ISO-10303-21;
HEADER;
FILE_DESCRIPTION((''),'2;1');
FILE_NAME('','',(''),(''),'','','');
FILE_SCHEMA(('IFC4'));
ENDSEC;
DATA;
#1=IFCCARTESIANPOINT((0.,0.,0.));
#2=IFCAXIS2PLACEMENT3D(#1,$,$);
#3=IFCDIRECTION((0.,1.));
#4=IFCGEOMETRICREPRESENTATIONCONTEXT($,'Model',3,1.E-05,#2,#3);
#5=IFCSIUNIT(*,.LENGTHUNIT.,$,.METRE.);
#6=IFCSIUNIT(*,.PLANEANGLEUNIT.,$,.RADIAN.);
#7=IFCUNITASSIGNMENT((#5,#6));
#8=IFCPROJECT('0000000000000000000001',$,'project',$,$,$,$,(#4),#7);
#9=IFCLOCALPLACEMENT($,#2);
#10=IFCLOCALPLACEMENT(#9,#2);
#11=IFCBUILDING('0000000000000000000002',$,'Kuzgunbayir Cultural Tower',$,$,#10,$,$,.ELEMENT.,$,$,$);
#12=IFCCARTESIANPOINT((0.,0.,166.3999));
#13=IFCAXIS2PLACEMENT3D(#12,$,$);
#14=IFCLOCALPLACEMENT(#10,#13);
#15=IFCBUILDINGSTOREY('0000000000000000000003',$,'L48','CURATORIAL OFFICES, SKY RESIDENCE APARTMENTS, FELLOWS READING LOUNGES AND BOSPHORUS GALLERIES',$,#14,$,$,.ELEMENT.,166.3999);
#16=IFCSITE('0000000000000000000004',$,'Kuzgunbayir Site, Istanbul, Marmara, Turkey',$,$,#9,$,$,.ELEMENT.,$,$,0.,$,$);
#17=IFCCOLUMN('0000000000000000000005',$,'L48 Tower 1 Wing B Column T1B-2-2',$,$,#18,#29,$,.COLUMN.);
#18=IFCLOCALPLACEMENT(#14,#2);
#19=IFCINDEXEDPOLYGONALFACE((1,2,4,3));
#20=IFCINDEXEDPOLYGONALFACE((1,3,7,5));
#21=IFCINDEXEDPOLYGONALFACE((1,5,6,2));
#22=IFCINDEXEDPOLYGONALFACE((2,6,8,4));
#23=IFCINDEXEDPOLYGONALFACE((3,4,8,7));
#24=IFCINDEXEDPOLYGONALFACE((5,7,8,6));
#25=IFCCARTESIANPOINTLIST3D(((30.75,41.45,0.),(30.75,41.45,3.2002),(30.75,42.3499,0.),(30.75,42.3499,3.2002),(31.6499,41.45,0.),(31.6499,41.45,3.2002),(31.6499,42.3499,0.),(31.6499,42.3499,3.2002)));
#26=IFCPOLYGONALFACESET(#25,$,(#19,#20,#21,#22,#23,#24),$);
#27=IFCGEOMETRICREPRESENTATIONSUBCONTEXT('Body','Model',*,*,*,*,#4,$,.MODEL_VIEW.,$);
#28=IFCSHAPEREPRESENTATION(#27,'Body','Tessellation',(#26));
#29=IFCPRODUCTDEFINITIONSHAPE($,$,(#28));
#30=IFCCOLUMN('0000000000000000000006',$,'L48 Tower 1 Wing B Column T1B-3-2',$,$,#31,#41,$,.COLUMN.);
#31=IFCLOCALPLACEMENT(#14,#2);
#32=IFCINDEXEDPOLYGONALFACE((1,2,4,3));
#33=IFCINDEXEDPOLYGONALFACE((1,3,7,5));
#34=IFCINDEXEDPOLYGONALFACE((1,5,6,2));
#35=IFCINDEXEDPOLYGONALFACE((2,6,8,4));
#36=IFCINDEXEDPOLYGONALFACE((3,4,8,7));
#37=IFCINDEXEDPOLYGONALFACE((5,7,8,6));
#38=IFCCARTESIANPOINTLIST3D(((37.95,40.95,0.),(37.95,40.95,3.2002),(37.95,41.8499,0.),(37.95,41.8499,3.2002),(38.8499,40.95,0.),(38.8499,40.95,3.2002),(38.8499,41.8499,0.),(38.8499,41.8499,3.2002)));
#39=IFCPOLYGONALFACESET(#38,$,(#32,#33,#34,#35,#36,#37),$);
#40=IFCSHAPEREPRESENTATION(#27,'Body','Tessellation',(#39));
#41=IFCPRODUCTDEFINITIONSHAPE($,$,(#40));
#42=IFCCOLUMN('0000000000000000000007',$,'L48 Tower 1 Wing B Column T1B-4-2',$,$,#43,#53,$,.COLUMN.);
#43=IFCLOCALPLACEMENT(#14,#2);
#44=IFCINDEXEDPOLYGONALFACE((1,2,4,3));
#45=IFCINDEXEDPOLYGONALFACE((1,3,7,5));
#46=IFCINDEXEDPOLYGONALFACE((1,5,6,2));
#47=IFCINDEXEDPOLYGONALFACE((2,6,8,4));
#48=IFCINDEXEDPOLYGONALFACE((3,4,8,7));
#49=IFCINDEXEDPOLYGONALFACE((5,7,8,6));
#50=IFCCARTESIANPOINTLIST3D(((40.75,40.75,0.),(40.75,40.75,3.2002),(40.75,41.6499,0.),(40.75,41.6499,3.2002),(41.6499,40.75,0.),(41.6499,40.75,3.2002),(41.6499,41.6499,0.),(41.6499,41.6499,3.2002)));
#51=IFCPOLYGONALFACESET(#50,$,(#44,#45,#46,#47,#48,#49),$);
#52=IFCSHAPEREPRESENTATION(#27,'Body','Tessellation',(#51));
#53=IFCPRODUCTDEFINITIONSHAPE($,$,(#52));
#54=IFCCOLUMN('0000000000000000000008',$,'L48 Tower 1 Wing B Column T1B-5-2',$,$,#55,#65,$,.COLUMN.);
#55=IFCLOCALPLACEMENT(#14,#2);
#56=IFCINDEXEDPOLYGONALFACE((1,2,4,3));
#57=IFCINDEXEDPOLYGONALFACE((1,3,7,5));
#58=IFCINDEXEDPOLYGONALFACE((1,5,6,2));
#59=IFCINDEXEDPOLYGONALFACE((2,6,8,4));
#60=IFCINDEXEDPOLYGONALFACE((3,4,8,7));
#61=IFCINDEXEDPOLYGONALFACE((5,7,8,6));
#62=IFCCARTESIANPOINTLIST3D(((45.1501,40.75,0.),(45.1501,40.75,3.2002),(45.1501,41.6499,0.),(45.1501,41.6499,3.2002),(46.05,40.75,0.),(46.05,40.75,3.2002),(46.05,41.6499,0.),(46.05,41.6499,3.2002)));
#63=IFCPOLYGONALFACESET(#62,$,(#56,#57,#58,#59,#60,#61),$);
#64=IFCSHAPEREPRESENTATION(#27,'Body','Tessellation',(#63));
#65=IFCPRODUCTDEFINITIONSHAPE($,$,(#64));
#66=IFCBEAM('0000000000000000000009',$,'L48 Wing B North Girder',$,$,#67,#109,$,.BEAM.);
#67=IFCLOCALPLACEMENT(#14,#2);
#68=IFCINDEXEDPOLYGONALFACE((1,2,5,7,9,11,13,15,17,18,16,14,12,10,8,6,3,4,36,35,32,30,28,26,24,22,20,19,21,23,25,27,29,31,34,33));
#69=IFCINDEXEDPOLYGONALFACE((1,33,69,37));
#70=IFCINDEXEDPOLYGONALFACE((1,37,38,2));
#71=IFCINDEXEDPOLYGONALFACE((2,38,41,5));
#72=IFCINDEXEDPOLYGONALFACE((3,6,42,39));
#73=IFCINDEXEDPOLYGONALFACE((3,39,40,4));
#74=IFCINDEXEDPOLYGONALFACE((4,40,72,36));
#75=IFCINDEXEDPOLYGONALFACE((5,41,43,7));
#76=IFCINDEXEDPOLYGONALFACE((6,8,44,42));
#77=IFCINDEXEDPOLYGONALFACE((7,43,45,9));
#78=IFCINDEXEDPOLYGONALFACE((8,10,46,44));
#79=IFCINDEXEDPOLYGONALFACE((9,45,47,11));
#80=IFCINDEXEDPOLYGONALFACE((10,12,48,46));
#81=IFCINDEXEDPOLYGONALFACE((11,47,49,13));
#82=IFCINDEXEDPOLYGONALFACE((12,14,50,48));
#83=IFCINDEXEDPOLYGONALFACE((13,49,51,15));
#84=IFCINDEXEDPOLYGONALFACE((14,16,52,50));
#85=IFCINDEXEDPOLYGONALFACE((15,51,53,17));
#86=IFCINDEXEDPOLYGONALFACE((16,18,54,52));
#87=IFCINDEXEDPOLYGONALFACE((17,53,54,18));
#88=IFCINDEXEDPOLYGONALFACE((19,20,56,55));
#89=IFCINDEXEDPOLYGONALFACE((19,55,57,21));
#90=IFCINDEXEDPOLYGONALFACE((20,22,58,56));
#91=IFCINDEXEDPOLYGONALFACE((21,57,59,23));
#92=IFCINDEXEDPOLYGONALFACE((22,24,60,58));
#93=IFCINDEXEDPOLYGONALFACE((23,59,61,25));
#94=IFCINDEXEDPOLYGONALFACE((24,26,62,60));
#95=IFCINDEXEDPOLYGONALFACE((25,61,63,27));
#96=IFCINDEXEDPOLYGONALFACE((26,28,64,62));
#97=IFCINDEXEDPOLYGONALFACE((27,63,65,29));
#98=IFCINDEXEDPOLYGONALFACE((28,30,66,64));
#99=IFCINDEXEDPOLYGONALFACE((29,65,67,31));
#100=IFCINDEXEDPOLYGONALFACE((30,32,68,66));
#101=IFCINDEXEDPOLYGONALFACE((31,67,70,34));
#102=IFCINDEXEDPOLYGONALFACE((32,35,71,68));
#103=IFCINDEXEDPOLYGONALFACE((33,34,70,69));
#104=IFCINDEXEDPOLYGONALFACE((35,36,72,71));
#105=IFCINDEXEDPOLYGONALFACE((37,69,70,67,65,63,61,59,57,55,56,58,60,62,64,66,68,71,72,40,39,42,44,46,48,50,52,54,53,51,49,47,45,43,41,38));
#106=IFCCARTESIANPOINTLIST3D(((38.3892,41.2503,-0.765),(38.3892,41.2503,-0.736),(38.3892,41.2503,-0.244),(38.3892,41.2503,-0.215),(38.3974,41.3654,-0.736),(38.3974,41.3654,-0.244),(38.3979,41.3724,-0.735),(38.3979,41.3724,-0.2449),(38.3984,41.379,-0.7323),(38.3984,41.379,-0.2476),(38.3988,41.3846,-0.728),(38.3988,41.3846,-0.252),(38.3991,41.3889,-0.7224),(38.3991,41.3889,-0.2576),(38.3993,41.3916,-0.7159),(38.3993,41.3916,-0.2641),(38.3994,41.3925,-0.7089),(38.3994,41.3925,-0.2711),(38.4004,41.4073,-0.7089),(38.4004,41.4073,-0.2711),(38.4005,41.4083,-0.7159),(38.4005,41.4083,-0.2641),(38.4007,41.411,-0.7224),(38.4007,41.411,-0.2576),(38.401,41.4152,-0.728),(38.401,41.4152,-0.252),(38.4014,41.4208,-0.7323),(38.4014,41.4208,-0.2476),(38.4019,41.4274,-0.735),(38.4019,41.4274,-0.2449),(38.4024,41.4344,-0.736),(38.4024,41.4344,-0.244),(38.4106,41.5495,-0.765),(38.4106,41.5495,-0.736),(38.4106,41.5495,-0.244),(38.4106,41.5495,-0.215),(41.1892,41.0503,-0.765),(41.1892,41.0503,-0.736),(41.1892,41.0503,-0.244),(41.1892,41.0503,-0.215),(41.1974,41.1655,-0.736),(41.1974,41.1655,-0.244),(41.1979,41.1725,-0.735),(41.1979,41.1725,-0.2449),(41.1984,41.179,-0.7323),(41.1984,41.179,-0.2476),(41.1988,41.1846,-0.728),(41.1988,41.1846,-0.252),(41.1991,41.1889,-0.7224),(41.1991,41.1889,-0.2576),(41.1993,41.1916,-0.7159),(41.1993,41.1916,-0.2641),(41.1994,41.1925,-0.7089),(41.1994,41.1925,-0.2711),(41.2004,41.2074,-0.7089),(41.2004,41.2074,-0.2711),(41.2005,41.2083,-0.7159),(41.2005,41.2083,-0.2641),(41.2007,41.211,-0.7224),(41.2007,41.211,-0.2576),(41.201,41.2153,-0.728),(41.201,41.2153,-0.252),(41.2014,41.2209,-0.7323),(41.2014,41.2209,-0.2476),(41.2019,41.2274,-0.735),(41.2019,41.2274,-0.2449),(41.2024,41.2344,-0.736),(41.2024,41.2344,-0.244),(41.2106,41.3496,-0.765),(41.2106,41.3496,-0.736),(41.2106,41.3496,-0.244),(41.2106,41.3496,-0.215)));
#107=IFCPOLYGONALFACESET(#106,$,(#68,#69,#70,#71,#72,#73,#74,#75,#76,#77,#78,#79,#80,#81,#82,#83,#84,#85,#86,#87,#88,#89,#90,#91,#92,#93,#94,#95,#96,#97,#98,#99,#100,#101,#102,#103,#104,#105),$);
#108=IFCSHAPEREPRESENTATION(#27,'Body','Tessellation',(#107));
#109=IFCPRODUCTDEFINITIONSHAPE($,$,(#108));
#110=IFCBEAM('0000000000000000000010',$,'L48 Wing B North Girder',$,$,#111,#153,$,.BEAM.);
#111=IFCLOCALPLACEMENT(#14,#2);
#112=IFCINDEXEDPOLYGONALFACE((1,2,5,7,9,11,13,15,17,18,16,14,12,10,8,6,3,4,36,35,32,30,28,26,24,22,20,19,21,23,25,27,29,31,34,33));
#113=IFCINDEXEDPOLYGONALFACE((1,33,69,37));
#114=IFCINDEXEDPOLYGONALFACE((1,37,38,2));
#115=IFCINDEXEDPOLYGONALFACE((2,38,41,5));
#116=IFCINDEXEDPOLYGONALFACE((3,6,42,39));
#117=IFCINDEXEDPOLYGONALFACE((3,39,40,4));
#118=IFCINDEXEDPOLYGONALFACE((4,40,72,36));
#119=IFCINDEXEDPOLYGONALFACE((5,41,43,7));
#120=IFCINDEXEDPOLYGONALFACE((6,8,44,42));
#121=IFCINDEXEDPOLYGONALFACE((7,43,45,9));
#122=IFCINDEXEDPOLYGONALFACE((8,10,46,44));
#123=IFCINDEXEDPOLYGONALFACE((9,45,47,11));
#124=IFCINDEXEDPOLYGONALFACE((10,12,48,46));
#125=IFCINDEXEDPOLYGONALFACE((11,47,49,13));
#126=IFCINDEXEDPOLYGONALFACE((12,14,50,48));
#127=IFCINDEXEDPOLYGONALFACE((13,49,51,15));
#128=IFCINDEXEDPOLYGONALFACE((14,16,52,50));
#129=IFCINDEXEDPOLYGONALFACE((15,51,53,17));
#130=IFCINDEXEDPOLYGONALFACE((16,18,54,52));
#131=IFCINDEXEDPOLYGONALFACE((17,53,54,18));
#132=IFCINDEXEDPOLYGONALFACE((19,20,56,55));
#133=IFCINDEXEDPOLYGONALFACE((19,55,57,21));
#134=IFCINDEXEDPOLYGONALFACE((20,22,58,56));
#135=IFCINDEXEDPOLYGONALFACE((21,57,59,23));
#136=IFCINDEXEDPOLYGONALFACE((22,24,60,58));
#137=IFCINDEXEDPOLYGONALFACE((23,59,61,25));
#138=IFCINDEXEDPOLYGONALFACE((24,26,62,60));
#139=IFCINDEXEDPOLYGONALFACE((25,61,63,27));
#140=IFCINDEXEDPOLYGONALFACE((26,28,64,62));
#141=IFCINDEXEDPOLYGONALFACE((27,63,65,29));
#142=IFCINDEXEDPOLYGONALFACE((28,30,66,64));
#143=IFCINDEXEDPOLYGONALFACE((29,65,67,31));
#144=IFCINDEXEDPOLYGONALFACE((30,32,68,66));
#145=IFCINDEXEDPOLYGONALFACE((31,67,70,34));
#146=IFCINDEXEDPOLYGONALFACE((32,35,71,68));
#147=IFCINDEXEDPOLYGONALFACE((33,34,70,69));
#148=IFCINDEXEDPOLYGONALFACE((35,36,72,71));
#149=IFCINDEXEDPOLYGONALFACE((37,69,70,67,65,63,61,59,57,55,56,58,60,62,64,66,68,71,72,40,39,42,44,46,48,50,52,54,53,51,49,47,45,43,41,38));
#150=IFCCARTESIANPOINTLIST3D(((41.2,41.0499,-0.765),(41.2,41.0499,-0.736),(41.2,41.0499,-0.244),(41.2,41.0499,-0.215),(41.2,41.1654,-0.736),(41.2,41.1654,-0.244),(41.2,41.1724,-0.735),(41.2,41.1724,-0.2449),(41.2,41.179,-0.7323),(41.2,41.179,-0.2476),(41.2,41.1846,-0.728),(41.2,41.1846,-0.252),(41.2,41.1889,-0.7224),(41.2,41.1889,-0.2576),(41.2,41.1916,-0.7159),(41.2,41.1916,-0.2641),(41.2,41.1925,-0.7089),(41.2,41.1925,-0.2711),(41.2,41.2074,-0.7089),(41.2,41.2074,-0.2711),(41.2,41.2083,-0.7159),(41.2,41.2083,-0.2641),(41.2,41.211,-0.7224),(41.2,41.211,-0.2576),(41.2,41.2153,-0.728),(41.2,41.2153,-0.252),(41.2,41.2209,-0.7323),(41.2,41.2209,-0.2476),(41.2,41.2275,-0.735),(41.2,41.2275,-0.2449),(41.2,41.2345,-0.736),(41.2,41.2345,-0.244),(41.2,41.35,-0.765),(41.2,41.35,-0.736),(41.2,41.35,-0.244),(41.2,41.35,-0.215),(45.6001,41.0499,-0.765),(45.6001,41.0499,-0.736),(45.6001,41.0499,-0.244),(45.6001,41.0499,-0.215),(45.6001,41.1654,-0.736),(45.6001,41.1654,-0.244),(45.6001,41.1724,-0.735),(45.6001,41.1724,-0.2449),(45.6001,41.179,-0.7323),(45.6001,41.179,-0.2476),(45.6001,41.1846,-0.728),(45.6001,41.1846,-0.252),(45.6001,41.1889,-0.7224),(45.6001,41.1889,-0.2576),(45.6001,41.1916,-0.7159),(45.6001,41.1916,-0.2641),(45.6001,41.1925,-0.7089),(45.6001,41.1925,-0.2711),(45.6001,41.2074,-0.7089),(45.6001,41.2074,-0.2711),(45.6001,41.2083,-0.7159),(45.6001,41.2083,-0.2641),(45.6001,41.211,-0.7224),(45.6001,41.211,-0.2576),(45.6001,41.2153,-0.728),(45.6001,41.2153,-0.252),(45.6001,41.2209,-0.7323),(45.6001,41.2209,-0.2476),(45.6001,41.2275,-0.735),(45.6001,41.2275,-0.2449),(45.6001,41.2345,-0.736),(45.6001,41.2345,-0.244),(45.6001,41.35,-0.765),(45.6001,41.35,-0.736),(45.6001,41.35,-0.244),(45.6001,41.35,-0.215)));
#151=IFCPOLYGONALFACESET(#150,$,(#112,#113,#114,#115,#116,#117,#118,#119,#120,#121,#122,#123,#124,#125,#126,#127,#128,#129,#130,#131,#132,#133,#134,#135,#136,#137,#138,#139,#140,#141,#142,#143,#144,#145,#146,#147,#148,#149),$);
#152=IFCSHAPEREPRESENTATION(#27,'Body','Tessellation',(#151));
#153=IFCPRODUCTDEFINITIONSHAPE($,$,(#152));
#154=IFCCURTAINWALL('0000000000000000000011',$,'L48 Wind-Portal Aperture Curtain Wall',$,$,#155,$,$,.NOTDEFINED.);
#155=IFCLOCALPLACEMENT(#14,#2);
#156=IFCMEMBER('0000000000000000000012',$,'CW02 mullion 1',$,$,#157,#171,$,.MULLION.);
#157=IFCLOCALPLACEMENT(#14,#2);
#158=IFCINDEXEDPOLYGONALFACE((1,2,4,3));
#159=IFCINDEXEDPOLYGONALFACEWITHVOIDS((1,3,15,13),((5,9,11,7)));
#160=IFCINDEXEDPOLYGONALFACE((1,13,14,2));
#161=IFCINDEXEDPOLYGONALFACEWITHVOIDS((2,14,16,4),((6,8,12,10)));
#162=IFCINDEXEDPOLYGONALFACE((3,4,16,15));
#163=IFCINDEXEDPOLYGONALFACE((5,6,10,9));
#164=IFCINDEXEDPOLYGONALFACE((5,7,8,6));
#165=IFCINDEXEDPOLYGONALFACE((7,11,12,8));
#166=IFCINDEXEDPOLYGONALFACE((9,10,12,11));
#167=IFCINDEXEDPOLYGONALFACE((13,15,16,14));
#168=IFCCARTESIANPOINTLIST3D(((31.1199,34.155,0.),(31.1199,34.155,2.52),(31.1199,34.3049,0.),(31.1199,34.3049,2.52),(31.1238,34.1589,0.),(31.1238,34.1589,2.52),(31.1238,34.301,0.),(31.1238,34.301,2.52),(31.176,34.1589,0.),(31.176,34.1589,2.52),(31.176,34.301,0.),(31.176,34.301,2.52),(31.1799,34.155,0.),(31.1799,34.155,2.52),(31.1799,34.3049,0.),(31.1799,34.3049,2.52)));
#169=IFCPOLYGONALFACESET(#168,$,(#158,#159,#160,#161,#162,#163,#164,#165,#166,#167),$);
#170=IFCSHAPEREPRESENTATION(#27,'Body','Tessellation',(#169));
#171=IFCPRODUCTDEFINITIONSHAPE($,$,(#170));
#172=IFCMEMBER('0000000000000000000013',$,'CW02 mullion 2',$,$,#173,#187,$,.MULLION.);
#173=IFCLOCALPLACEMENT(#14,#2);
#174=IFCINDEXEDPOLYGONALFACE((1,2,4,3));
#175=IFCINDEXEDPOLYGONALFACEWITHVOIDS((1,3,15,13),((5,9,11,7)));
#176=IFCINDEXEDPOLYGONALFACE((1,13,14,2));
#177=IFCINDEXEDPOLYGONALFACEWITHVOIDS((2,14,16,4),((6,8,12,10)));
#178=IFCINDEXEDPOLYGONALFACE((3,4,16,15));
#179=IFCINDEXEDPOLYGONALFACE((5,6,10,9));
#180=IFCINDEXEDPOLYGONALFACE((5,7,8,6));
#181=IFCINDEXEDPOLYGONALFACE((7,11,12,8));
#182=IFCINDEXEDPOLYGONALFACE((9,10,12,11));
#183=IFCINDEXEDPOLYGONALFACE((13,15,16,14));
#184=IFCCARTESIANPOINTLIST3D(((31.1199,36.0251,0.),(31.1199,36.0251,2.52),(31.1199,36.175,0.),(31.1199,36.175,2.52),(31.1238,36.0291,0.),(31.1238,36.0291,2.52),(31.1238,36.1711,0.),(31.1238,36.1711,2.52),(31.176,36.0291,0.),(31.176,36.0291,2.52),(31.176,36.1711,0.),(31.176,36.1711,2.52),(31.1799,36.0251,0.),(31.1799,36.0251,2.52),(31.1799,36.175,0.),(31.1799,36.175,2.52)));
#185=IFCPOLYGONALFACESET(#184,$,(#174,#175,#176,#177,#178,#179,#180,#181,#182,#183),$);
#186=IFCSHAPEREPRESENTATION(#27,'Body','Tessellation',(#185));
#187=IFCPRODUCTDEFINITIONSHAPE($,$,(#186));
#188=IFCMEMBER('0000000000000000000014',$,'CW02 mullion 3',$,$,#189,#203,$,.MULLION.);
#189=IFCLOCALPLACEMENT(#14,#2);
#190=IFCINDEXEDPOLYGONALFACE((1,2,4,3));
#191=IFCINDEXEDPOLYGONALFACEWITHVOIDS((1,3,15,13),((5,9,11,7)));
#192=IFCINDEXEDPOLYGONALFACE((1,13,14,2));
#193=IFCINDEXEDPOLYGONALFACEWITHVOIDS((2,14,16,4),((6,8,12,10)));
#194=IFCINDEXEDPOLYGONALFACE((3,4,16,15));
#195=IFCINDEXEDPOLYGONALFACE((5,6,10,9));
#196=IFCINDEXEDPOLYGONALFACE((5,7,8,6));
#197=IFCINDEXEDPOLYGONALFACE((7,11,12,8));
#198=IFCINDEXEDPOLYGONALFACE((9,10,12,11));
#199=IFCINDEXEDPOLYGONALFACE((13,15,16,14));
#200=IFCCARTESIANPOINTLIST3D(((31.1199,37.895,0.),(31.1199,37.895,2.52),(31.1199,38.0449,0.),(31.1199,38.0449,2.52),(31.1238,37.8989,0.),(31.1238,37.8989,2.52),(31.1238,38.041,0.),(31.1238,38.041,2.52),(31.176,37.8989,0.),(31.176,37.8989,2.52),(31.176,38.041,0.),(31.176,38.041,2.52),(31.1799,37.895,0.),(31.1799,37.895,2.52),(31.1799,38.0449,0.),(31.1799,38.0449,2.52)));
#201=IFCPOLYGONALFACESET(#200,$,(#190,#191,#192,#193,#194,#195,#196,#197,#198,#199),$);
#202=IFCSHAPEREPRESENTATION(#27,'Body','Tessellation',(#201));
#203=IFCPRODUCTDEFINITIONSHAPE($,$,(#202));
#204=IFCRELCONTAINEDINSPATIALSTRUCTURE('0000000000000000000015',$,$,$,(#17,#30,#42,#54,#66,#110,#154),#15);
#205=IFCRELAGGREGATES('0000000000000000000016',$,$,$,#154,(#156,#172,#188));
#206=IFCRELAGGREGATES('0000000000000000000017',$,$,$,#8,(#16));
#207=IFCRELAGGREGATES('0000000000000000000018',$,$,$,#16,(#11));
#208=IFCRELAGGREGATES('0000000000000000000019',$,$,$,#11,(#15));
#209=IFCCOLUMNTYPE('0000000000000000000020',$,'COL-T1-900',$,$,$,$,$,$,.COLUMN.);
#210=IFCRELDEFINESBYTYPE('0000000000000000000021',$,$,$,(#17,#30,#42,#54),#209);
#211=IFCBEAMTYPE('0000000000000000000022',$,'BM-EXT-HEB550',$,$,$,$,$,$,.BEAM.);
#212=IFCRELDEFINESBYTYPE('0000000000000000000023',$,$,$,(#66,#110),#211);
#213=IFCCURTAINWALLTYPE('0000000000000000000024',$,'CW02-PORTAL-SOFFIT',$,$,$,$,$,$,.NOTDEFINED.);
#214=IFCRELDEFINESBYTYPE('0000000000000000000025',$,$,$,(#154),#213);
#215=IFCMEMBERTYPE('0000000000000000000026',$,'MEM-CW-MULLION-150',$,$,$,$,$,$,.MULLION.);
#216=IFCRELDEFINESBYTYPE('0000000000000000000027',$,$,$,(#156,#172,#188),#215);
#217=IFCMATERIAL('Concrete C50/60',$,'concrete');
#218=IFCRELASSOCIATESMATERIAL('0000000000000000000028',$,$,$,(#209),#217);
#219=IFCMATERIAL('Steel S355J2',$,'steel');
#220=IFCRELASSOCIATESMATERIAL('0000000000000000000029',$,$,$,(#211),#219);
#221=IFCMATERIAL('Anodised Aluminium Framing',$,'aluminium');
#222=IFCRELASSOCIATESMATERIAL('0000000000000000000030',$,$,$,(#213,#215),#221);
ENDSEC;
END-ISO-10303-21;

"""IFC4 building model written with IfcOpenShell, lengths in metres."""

from ifc_helpers import new_model, si_unit, direction, frame, origin, origin_2d, place, context, subcontext, project, spatial, rectangle, hollow_rectangle, i_section, extrude, material, material_profile, profile_set, type_object, element, aggregate, save


model = new_model("IFC4")

# Units and contexts
model_context = context("Model", 3, precision=1e-05, world=origin(), true_north=direction((0.0, 1.0)))
body_context = subcontext(model_context, "Body", "Model", "MODEL_VIEW")
ifc_project = project(units=[si_unit("LENGTHUNIT", "METRE"), si_unit("PLANEANGLEUNIT", "RADIAN")], contexts=[model_context])

# Site, building, storey
site_placement = place(None, origin())
site = spatial("IfcSite", under=ifc_project, at=site_placement, Name="Kuzgunbayir Site, Istanbul, Marmara, Turkey", CompositionType="ELEMENT", RefElevation=0.0)
building_placement = place(site_placement, origin())
building = spatial("IfcBuilding", under=site, at=building_placement, Name="Kuzgunbayir Cultural Tower", CompositionType="ELEMENT")
storey_placement = place(building_placement, frame((0.0, 0.0, 166.3999)))
storey = spatial("IfcBuildingStorey", under=building, at=storey_placement, Name="L48", Description="CURATORIAL OFFICES, SKY RESIDENCE APARTMENTS, FELLOWS READING LOUNGES AND BOSPHORUS GALLERIES", CompositionType="ELEMENT", Elevation=166.3999)

# Columns
ifc_material_1 = material(Name="Concrete C50/60", Category="concrete")
ifc_material_profile_1 = material_profile(ifc_material_1, rectangle(XDim=0.8999, YDim=0.8999, at=origin_2d()), Name="RC 900x900")
ifc_profile_set_1 = profile_set([ifc_material_profile_1], Name="Concrete C50/60")
column_type = type_object("IfcColumnType", Name="COL-T1-900", PredefinedType="COLUMN", material=ifc_profile_set_1)
for number, where, z_axis, x_axis, name in (
    (1, (31.2, 41.8999, 0.0), (0.0, 0.0, 1.0), (1.0, 0.0, 0.0), "L48 Tower 1 Wing B Column T1B-2-2"),
    (2, (38.3999, 41.3999, 0.0), (0.0, 0.0, 1.0), (1.0, 0.0, 0.0), "L48 Tower 1 Wing B Column T1B-3-2"),
    (3, (41.2, 41.2, 0.0), (0.0, 0.0, 1.0), (1.0, 0.0, 0.0), "L48 Tower 1 Wing B Column T1B-4-2"),
    (4, (45.6001, 41.2, 0.0), (0.0, 0.0, 1.0), (1.0, 0.0, 0.0), "L48 Tower 1 Wing B Column T1B-5-2"),
):
    element("IfcColumn", number, at=place(storey_placement, frame(where, z_axis=z_axis, x_axis=x_axis)), inside=storey, type_object=column_type, Name=name, PredefinedType="COLUMN", context=body_context, shape_type="SweptSolid", body=[
        extrude(rectangle(XDim=0.8999, YDim=0.8999, at=origin_2d()), origin(), (0.0, 0.0, 1.0), 3.2002),
    ])

# Beams
ifc_material_2 = material(Name="Steel S355J2", Category="steel")
ifc_material_profile_2 = material_profile(ifc_material_2, i_section(OverallWidth=0.3, OverallDepth=0.55, WebThickness=0.0149, FlangeThickness=0.0291, FilletRadius=0.0271, at=origin_2d()), Name="HEB 550")
ifc_profile_set_2 = profile_set([ifc_material_profile_2], Name="Steel S355J2")
beam_type = type_object("IfcBeamType", Name="BM-EXT-HEB550", PredefinedType="BEAM", material=ifc_profile_set_2)
beam_1_placement = place(storey_placement, frame((38.3999, 41.3999, -0.49), z_axis=(0.99746, -0.071229, 0.0), x_axis=(0.071229, 0.99746, 0.0)))
element("IfcBeam", 5, at=beam_1_placement, inside=storey, type_object=beam_type, Name="L48 Wing B North Girder", PredefinedType="BEAM", context=body_context, shape_type="SweptSolid", body=[
    extrude(i_section(OverallWidth=0.3, OverallDepth=0.55, WebThickness=0.0149, FlangeThickness=0.0291, FilletRadius=0.0271, at=origin_2d()), origin(), (0.0, 0.0, 1.0), 2.8071),
])
beam_2_placement = place(storey_placement, frame((41.2, 41.2, -0.49), z_axis=(1.0, 0.0, 0.0), x_axis=(0.0, 1.0, 0.0)))
element("IfcBeam", 6, at=beam_2_placement, inside=storey, type_object=beam_type, Name="L48 Wing B North Girder", PredefinedType="BEAM", context=body_context, shape_type="SweptSolid", body=[
    extrude(i_section(OverallWidth=0.3, OverallDepth=0.55, WebThickness=0.0149, FlangeThickness=0.0291, FilletRadius=0.0271, at=origin_2d()), origin(), (0.0, 0.0, 1.0), 4.4001),
])

# Curtain wall, members
ifc_material_3 = material(Name="Anodised Aluminium Framing", Category="aluminium")
curtain_wall_type = type_object("IfcCurtainWallType", Name="CW02-PORTAL-SOFFIT", PredefinedType="NOTDEFINED", material=ifc_material_3)
curtain_wall_placement = place(storey_placement, origin())
curtain_wall = element("IfcCurtainWall", 7, at=curtain_wall_placement, inside=storey, type_object=curtain_wall_type, Name="L48 Wind-Portal Aperture Curtain Wall", PredefinedType="NOTDEFINED")
ifc_material_profile_3 = material_profile(ifc_material_3, hollow_rectangle(XDim=0.0601, YDim=0.1499, WallThickness=0.0039, at=origin_2d()), Name="RHS 150x60x4")
ifc_profile_set_3 = profile_set([ifc_material_profile_3], Name="Anodised Aluminium Framing")
member_type_1 = type_object("IfcMemberType", Name="MEM-CW-MULLION-150", PredefinedType="MULLION", material=ifc_profile_set_3)
member_1_placement = place(storey_placement, frame((31.1499, 34.23, 0.0), z_axis=(0.0, 0.0, 1.0), x_axis=(-1.0, 0.0, 0.0)))
member_1 = element("IfcMember", 8, at=member_1_placement, type_object=member_type_1, Name="CW02 mullion 1", PredefinedType="MULLION", context=body_context, shape_type="SweptSolid", body=[
    extrude(hollow_rectangle(XDim=0.0601, YDim=0.1499, WallThickness=0.0039, at=origin_2d()), origin(), (0.0, 0.0, 1.0), 2.52),
])
member_2_placement = place(storey_placement, frame((31.1499, 36.1001, 0.0), z_axis=(0.0, 0.0, 1.0), x_axis=(-1.0, 0.0, 0.0)))
member_2 = element("IfcMember", 9, at=member_2_placement, type_object=member_type_1, Name="CW02 mullion 2", PredefinedType="MULLION", context=body_context, shape_type="SweptSolid", body=[
    extrude(hollow_rectangle(XDim=0.0601, YDim=0.1499, WallThickness=0.0039, at=origin_2d()), origin(), (0.0, 0.0, 1.0), 2.52),
])
member_3_placement = place(storey_placement, frame((31.1499, 37.97, 0.0), z_axis=(0.0, 0.0, 1.0), x_axis=(-1.0, 0.0, 0.0)))
member_3 = element("IfcMember", 10, at=member_3_placement, type_object=member_type_1, Name="CW02 mullion 3", PredefinedType="MULLION", context=body_context, shape_type="SweptSolid", body=[
    extrude(hollow_rectangle(XDim=0.0601, YDim=0.1499, WallThickness=0.0039, at=origin_2d()), origin(), (0.0, 0.0, 1.0), 2.52),
])
aggregate(curtain_wall, [member_1, member_2, member_3])

save(model, "model.ifc")
